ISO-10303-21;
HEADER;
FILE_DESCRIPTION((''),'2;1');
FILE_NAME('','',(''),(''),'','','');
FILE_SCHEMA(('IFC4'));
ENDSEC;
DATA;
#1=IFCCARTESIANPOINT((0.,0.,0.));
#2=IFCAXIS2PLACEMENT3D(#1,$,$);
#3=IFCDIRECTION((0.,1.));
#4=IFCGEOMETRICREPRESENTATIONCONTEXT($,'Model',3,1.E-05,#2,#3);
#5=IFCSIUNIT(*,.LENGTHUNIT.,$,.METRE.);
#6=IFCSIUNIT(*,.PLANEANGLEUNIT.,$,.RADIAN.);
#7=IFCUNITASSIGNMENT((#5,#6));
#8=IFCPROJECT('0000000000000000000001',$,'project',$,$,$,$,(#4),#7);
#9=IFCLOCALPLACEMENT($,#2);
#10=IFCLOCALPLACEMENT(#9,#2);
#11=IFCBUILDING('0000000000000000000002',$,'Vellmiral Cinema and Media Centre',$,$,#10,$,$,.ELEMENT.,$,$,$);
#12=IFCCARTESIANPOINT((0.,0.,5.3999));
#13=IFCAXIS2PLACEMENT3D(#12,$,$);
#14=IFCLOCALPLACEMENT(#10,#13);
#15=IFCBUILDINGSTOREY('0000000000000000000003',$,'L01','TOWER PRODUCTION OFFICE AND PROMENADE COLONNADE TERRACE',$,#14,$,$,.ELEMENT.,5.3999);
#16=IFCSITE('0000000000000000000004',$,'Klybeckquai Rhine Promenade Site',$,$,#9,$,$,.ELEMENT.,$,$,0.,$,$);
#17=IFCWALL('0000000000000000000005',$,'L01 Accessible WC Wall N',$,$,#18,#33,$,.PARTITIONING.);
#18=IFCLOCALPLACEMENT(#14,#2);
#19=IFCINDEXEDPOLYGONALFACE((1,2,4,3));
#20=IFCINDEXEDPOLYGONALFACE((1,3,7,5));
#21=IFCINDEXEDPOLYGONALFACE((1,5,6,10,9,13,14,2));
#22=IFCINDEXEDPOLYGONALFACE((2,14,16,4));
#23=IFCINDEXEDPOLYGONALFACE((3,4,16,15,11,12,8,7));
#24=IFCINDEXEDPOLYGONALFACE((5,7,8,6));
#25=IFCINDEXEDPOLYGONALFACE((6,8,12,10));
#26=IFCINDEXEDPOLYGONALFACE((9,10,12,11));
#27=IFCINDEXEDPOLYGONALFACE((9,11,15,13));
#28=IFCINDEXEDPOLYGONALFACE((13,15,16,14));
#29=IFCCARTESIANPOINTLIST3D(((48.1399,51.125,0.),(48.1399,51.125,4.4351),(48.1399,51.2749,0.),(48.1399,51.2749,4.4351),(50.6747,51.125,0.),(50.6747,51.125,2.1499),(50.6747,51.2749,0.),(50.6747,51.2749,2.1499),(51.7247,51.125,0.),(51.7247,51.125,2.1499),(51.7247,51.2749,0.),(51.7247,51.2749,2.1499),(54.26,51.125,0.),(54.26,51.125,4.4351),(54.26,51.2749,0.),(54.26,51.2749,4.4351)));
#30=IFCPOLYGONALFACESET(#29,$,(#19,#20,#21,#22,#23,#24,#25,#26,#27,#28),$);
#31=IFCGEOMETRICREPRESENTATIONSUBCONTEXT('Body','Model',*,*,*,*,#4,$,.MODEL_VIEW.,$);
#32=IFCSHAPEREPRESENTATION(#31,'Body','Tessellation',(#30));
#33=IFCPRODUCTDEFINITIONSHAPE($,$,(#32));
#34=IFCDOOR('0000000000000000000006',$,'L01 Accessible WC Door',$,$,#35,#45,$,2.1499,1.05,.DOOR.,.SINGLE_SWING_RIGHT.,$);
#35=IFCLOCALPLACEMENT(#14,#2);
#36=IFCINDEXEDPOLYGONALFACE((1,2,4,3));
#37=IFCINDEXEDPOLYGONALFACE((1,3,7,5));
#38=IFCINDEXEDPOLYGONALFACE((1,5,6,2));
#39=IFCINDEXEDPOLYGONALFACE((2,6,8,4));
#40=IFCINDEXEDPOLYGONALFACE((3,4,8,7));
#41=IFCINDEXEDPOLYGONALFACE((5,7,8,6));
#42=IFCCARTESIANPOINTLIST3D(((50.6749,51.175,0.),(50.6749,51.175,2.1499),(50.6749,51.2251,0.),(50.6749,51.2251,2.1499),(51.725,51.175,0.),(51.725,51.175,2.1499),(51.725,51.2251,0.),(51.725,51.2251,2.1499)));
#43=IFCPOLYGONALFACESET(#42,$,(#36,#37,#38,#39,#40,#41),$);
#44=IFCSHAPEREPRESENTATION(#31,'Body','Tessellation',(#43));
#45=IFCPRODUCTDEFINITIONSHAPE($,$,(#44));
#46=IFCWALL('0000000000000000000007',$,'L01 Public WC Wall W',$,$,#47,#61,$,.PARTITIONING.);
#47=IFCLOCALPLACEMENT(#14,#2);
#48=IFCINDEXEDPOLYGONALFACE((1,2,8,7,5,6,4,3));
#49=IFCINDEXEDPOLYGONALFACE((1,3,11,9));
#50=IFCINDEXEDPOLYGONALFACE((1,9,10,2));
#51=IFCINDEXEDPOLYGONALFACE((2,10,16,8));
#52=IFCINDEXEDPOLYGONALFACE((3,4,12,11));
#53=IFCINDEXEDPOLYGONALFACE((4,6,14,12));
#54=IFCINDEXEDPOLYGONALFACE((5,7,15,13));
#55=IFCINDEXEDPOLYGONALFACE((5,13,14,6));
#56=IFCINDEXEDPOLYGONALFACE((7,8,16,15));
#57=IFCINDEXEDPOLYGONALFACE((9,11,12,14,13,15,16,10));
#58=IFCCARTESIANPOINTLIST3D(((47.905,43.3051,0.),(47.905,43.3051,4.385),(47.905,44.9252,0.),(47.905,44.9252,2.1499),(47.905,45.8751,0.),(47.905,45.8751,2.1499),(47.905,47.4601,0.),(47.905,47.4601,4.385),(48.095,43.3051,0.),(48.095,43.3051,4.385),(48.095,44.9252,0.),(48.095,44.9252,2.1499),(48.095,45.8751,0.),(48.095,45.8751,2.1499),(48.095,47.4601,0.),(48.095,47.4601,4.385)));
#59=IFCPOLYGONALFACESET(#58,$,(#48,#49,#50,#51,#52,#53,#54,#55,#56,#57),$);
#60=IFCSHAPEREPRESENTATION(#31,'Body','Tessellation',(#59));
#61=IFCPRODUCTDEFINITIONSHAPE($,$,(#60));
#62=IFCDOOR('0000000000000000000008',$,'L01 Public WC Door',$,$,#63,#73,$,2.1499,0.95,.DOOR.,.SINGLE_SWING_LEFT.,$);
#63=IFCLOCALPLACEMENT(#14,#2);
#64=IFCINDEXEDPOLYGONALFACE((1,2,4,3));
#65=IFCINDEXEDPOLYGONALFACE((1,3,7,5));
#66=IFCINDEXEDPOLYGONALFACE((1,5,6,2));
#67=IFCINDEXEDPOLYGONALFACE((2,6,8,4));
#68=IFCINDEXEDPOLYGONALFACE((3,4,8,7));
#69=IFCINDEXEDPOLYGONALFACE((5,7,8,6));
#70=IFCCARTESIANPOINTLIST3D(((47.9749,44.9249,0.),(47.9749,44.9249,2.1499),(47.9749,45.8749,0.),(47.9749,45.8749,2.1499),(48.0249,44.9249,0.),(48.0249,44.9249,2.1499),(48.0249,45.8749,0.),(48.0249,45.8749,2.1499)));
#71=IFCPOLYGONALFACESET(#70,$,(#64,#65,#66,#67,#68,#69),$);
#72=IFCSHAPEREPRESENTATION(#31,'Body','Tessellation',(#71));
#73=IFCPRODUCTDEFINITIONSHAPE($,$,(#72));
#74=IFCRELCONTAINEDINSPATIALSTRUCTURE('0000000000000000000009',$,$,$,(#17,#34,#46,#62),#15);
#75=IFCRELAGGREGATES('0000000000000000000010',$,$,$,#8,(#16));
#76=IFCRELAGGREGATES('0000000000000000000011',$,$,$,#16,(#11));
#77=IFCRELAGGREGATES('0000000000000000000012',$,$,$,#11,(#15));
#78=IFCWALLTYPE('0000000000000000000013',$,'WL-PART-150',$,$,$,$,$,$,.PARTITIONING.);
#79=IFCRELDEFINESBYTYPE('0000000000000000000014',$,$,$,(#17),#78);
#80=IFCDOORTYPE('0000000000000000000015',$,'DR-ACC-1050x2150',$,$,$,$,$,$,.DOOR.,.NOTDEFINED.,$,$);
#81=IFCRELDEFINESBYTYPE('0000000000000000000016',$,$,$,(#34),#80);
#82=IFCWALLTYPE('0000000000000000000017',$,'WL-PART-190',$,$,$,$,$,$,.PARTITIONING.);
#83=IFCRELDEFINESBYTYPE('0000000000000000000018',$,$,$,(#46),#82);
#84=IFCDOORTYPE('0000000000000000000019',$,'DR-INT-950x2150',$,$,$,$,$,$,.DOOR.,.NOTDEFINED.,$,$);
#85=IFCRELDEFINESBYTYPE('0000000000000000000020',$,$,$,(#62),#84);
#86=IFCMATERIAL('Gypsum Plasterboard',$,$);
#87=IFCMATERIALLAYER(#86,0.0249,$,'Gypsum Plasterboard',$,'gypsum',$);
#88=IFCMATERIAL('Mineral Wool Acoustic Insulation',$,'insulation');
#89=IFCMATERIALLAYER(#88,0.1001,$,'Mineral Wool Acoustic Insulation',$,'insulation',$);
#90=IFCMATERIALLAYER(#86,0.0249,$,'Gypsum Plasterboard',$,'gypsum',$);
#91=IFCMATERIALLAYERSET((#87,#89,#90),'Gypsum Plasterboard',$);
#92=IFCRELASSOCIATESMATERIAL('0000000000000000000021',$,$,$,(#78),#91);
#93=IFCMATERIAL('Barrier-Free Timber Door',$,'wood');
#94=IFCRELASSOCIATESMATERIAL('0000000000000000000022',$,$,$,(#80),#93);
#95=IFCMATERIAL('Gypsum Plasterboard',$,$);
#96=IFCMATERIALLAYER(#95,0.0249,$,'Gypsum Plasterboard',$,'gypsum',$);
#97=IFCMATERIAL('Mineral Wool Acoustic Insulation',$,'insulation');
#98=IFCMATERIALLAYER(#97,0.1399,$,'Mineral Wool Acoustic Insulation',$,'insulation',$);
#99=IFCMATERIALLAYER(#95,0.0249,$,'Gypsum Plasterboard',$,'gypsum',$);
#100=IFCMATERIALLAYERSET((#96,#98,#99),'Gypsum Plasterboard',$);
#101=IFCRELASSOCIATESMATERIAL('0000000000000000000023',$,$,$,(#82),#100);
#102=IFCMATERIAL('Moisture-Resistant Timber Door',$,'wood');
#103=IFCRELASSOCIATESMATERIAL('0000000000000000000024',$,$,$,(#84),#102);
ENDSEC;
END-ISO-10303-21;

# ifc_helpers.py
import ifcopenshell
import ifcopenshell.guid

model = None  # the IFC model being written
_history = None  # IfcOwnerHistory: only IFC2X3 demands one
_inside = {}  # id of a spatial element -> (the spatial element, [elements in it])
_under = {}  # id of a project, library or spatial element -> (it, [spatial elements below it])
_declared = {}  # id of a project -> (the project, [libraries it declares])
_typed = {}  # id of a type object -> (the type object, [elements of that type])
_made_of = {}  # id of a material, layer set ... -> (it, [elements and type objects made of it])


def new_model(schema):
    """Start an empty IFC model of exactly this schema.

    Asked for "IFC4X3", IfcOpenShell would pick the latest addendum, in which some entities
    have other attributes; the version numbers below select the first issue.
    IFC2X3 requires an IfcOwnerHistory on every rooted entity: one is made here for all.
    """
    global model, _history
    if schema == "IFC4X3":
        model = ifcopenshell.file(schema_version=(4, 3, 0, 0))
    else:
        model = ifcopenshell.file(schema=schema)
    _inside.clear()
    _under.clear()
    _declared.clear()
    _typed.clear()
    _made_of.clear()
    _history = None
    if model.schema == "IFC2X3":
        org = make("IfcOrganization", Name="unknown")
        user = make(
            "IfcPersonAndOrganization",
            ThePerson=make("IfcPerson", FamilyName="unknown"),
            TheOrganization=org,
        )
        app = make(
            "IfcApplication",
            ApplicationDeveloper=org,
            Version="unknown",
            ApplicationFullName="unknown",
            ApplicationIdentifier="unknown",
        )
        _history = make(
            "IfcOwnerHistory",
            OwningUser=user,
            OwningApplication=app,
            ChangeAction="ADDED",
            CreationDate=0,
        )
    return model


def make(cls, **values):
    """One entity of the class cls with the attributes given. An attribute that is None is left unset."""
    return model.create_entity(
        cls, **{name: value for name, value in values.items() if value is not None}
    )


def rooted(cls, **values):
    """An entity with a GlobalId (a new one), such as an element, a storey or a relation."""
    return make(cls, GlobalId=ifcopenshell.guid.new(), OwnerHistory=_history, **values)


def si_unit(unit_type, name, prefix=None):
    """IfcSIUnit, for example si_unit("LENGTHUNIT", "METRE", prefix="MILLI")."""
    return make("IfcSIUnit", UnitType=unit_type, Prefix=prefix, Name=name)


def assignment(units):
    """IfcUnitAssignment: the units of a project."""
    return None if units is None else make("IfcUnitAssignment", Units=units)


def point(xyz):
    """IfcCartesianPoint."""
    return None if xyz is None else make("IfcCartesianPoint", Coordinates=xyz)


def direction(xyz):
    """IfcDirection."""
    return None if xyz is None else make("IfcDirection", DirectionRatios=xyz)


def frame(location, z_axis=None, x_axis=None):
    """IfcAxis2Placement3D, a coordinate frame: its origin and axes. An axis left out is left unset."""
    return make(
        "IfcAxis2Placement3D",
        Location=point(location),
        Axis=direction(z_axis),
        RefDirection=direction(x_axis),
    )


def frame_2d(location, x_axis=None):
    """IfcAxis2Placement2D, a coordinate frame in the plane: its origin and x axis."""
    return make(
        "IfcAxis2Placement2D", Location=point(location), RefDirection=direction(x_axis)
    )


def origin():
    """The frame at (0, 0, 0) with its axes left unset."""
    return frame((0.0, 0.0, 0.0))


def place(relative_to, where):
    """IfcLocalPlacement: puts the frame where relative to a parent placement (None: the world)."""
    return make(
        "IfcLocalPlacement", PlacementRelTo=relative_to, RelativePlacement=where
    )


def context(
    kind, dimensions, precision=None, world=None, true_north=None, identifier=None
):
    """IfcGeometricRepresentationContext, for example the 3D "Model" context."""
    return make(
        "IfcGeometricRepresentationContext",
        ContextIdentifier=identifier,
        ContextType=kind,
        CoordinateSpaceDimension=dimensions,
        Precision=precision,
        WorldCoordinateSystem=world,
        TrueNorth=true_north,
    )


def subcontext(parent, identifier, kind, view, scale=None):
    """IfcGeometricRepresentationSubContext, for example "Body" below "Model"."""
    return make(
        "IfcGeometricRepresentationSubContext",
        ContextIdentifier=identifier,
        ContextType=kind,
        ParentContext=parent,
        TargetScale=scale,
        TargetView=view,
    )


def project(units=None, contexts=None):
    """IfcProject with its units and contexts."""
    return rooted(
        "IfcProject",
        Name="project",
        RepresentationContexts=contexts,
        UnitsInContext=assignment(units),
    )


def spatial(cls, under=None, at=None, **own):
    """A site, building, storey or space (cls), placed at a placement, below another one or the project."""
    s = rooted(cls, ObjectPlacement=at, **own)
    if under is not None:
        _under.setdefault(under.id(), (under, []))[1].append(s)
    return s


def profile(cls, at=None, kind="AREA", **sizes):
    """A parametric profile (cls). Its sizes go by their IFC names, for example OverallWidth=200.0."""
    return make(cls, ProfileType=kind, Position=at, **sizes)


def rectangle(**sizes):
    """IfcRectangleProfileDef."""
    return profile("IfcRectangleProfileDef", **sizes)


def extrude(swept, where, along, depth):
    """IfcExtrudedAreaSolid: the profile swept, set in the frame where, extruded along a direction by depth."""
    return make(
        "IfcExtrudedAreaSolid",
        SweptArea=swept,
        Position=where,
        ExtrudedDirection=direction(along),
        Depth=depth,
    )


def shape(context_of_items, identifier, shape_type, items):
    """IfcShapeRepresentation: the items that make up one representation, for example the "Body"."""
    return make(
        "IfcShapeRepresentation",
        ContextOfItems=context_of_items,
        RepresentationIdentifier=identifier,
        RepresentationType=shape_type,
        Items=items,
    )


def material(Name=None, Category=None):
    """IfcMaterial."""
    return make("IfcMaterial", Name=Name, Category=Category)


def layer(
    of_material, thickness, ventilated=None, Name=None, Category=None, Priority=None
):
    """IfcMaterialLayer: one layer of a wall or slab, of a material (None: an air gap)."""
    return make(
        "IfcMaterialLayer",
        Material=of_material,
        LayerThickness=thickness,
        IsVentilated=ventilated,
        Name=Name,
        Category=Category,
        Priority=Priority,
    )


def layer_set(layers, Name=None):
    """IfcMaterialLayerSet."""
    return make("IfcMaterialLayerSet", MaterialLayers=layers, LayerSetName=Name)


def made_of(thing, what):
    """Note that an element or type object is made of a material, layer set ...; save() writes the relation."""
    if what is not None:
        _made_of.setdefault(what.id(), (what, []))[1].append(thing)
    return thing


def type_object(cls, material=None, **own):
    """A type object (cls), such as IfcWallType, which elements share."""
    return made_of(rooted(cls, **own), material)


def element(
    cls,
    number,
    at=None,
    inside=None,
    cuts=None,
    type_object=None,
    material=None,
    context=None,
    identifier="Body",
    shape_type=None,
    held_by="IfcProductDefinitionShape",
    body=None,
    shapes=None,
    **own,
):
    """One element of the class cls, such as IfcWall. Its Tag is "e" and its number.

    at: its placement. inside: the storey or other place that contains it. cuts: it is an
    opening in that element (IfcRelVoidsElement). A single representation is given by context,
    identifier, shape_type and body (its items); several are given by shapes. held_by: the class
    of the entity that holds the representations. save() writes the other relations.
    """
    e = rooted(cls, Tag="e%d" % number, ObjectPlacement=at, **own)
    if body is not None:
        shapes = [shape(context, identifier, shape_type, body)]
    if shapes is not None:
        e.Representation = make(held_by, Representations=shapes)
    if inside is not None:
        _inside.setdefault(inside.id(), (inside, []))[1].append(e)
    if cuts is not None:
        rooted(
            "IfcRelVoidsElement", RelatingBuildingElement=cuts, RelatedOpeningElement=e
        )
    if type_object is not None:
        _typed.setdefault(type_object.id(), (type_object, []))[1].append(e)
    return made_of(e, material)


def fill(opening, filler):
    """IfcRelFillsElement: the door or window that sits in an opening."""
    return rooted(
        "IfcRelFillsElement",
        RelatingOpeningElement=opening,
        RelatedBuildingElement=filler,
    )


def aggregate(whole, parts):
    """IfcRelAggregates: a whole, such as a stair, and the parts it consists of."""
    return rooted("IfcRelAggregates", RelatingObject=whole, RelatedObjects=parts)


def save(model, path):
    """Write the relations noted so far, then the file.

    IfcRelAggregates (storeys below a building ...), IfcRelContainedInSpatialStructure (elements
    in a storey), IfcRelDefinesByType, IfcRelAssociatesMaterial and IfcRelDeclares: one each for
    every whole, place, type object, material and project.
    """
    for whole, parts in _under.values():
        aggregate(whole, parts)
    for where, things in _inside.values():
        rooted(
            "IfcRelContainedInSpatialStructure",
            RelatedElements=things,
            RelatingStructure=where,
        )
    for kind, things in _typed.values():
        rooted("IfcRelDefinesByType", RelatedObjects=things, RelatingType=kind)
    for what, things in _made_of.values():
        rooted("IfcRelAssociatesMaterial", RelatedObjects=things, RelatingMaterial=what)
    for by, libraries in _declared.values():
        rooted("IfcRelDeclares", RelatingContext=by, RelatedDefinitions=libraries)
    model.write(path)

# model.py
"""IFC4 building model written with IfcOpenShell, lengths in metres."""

from ifc_helpers import new_model, si_unit, direction, frame, frame_2d, origin, place, context, subcontext, project, spatial, rectangle, extrude, material, layer, layer_set, type_object, element, fill, save


model = new_model("IFC4")

# Units and contexts
model_context = context("Model", 3, precision=1e-05, world=origin(), true_north=direction((0.0, 1.0)))
body_context = subcontext(model_context, "Body", "Model", "MODEL_VIEW")
ifc_project = project(units=[si_unit("LENGTHUNIT", "METRE"), si_unit("PLANEANGLEUNIT", "RADIAN")], contexts=[model_context])

# Site, building, storey
site_placement = place(None, origin())
site = spatial("IfcSite", under=ifc_project, at=site_placement, Name="Klybeckquai Rhine Promenade Site", CompositionType="ELEMENT", RefElevation=0.0)
building_placement = place(site_placement, origin())
building = spatial("IfcBuilding", under=site, at=building_placement, Name="Vellmiral Cinema and Media Centre", CompositionType="ELEMENT")
storey_placement = place(building_placement, frame((0.0, 0.0, 5.3999)))
storey = spatial("IfcBuildingStorey", under=building, at=storey_placement, Name="L01", Description="TOWER PRODUCTION OFFICE AND PROMENADE COLONNADE TERRACE", CompositionType="ELEMENT", Elevation=5.3999)

# Walls, openings, doors
ifc_material_1 = material(Name="Gypsum Plasterboard")
ifc_layer_1 = layer(ifc_material_1, 0.0249, Name="Gypsum Plasterboard", Category="gypsum")
ifc_material_2 = material(Name="Mineral Wool Acoustic Insulation", Category="insulation")
ifc_layer_2 = layer(ifc_material_2, 0.1001, Name="Mineral Wool Acoustic Insulation", Category="insulation")
ifc_layer_3 = layer(ifc_material_1, 0.0249, Name="Gypsum Plasterboard", Category="gypsum")
ifc_layer_set_1 = layer_set([ifc_layer_1, ifc_layer_2, ifc_layer_3], Name="Gypsum Plasterboard")
wall_type_1 = type_object("IfcWallType", Name="WL-PART-150", PredefinedType="PARTITIONING", material=ifc_layer_set_1)
wall_1_placement = place(storey_placement, frame((48.1399, 51.2, 0.0), z_axis=(0.0, 0.0, 1.0), x_axis=(1.0, 0.0, 0.0)))
wall_1 = element("IfcWall", 1, at=wall_1_placement, inside=storey, type_object=wall_type_1, Name="L01 Accessible WC Wall N", PredefinedType="PARTITIONING", context=body_context, shape_type="SweptSolid", body=[
    extrude(rectangle(XDim=6.1201, YDim=0.1499, at=frame_2d((3.0601, 0.0))), origin(), (0.0, 0.0, 1.0), 4.4351),
])
opening_1_placement = place(wall_1_placement, frame((2.5349, 0.0, 0.0)))
opening_1 = element("IfcOpeningElement", 2, at=opening_1_placement, cuts=wall_1, PredefinedType="OPENING", context=body_context, shape_type="SweptSolid", body=[
    extrude(rectangle(XDim=1.05, YDim=2.1499, at=frame_2d((0.5249, 1.075))), frame((0.0, 0.0869, 0.0), z_axis=(0.0, -1.0, 0.0), x_axis=(1.0, 0.0, 0.0)), (0.0, 0.0, 1.0), 0.1738),
])
ifc_material_3 = material(Name="Barrier-Free Timber Door", Category="wood")
door_type_1 = type_object("IfcDoorType", Name="DR-ACC-1050x2150", OperationType="NOTDEFINED", PredefinedType="DOOR", material=ifc_material_3)
door_1_placement = place(opening_1_placement, frame((1.05, 0.0, 0.0), z_axis=(0.0, 0.0, 1.0), x_axis=(-1.0, 0.0, 0.0)))
door_1 = element("IfcDoor", 3, at=door_1_placement, inside=storey, type_object=door_type_1, Name="L01 Accessible WC Door", OperationType="SINGLE_SWING_RIGHT", OverallHeight=2.1499, OverallWidth=1.05, PredefinedType="DOOR", context=body_context, shape_type="SweptSolid", body=[
    extrude(rectangle(XDim=1.05, YDim=2.1499, at=frame_2d((0.5249, 1.075))), frame((0.0, 0.0249, 0.0), z_axis=(0.0, -1.0, 0.0), x_axis=(1.0, 0.0, 0.0)), (0.0, 0.0, 1.0), 0.05),
])
fill(opening_1, door_1)
ifc_material_4 = material(Name="Gypsum Plasterboard")
ifc_layer_4 = layer(ifc_material_4, 0.0249, Name="Gypsum Plasterboard", Category="gypsum")
ifc_material_5 = material(Name="Mineral Wool Acoustic Insulation", Category="insulation")
ifc_layer_5 = layer(ifc_material_5, 0.1399, Name="Mineral Wool Acoustic Insulation", Category="insulation")
ifc_layer_6 = layer(ifc_material_4, 0.0249, Name="Gypsum Plasterboard", Category="gypsum")
ifc_layer_set_2 = layer_set([ifc_layer_4, ifc_layer_5, ifc_layer_6], Name="Gypsum Plasterboard")
wall_type_2 = type_object("IfcWallType", Name="WL-PART-190", PredefinedType="PARTITIONING", material=ifc_layer_set_2)
wall_2_placement = place(storey_placement, frame((48.0, 43.3049, 0.0), z_axis=(0.0, 0.0, 1.0), x_axis=(0.0, 1.0, 0.0)))
wall_2 = element("IfcWall", 4, at=wall_2_placement, inside=storey, type_object=wall_type_2, Name="L01 Public WC Wall W", PredefinedType="PARTITIONING", context=body_context, shape_type="SweptSolid", body=[
    extrude(rectangle(XDim=4.155, YDim=0.1899, at=frame_2d((2.0776, 0.0))), origin(), (0.0, 0.0, 1.0), 4.385),
])
opening_2_placement = place(wall_2_placement, frame((1.6201, 0.0, 0.0)))
opening_2 = element("IfcOpeningElement", 5, at=opening_2_placement, cuts=wall_2, PredefinedType="OPENING", context=body_context, shape_type="SweptSolid", body=[
    extrude(rectangle(XDim=0.95, YDim=2.1499, at=frame_2d((0.4751, 1.075))), frame((0.0, 0.1069, 0.0), z_axis=(0.0, -1.0, 0.0), x_axis=(1.0, 0.0, 0.0)), (0.0, 0.0, 1.0), 0.2139),
])
ifc_material_6 = material(Name="Moisture-Resistant Timber Door", Category="wood")
door_type_2 = type_object("IfcDoorType", Name="DR-INT-950x2150", OperationType="NOTDEFINED", PredefinedType="DOOR", material=ifc_material_6)
door_2_placement = place(opening_2_placement, frame((0.95, 0.0, 0.0), z_axis=(0.0, 0.0, 1.0), x_axis=(-1.0, 0.0, 0.0)))
door_2 = element("IfcDoor", 6, at=door_2_placement, inside=storey, type_object=door_type_2, Name="L01 Public WC Door", OperationType="SINGLE_SWING_LEFT", OverallHeight=2.1499, OverallWidth=0.95, PredefinedType="DOOR", context=body_context, shape_type="SweptSolid", body=[
    extrude(rectangle(XDim=0.95, YDim=2.1499, at=frame_2d((0.4751, 1.075))), frame((0.0, 0.0249, 0.0), z_axis=(0.0, -1.0, 0.0), x_axis=(1.0, 0.0, 0.0)), (0.0, 0.0, 1.0), 0.05),
])
fill(opening_2, door_2)

save(model, "model.ifc")
